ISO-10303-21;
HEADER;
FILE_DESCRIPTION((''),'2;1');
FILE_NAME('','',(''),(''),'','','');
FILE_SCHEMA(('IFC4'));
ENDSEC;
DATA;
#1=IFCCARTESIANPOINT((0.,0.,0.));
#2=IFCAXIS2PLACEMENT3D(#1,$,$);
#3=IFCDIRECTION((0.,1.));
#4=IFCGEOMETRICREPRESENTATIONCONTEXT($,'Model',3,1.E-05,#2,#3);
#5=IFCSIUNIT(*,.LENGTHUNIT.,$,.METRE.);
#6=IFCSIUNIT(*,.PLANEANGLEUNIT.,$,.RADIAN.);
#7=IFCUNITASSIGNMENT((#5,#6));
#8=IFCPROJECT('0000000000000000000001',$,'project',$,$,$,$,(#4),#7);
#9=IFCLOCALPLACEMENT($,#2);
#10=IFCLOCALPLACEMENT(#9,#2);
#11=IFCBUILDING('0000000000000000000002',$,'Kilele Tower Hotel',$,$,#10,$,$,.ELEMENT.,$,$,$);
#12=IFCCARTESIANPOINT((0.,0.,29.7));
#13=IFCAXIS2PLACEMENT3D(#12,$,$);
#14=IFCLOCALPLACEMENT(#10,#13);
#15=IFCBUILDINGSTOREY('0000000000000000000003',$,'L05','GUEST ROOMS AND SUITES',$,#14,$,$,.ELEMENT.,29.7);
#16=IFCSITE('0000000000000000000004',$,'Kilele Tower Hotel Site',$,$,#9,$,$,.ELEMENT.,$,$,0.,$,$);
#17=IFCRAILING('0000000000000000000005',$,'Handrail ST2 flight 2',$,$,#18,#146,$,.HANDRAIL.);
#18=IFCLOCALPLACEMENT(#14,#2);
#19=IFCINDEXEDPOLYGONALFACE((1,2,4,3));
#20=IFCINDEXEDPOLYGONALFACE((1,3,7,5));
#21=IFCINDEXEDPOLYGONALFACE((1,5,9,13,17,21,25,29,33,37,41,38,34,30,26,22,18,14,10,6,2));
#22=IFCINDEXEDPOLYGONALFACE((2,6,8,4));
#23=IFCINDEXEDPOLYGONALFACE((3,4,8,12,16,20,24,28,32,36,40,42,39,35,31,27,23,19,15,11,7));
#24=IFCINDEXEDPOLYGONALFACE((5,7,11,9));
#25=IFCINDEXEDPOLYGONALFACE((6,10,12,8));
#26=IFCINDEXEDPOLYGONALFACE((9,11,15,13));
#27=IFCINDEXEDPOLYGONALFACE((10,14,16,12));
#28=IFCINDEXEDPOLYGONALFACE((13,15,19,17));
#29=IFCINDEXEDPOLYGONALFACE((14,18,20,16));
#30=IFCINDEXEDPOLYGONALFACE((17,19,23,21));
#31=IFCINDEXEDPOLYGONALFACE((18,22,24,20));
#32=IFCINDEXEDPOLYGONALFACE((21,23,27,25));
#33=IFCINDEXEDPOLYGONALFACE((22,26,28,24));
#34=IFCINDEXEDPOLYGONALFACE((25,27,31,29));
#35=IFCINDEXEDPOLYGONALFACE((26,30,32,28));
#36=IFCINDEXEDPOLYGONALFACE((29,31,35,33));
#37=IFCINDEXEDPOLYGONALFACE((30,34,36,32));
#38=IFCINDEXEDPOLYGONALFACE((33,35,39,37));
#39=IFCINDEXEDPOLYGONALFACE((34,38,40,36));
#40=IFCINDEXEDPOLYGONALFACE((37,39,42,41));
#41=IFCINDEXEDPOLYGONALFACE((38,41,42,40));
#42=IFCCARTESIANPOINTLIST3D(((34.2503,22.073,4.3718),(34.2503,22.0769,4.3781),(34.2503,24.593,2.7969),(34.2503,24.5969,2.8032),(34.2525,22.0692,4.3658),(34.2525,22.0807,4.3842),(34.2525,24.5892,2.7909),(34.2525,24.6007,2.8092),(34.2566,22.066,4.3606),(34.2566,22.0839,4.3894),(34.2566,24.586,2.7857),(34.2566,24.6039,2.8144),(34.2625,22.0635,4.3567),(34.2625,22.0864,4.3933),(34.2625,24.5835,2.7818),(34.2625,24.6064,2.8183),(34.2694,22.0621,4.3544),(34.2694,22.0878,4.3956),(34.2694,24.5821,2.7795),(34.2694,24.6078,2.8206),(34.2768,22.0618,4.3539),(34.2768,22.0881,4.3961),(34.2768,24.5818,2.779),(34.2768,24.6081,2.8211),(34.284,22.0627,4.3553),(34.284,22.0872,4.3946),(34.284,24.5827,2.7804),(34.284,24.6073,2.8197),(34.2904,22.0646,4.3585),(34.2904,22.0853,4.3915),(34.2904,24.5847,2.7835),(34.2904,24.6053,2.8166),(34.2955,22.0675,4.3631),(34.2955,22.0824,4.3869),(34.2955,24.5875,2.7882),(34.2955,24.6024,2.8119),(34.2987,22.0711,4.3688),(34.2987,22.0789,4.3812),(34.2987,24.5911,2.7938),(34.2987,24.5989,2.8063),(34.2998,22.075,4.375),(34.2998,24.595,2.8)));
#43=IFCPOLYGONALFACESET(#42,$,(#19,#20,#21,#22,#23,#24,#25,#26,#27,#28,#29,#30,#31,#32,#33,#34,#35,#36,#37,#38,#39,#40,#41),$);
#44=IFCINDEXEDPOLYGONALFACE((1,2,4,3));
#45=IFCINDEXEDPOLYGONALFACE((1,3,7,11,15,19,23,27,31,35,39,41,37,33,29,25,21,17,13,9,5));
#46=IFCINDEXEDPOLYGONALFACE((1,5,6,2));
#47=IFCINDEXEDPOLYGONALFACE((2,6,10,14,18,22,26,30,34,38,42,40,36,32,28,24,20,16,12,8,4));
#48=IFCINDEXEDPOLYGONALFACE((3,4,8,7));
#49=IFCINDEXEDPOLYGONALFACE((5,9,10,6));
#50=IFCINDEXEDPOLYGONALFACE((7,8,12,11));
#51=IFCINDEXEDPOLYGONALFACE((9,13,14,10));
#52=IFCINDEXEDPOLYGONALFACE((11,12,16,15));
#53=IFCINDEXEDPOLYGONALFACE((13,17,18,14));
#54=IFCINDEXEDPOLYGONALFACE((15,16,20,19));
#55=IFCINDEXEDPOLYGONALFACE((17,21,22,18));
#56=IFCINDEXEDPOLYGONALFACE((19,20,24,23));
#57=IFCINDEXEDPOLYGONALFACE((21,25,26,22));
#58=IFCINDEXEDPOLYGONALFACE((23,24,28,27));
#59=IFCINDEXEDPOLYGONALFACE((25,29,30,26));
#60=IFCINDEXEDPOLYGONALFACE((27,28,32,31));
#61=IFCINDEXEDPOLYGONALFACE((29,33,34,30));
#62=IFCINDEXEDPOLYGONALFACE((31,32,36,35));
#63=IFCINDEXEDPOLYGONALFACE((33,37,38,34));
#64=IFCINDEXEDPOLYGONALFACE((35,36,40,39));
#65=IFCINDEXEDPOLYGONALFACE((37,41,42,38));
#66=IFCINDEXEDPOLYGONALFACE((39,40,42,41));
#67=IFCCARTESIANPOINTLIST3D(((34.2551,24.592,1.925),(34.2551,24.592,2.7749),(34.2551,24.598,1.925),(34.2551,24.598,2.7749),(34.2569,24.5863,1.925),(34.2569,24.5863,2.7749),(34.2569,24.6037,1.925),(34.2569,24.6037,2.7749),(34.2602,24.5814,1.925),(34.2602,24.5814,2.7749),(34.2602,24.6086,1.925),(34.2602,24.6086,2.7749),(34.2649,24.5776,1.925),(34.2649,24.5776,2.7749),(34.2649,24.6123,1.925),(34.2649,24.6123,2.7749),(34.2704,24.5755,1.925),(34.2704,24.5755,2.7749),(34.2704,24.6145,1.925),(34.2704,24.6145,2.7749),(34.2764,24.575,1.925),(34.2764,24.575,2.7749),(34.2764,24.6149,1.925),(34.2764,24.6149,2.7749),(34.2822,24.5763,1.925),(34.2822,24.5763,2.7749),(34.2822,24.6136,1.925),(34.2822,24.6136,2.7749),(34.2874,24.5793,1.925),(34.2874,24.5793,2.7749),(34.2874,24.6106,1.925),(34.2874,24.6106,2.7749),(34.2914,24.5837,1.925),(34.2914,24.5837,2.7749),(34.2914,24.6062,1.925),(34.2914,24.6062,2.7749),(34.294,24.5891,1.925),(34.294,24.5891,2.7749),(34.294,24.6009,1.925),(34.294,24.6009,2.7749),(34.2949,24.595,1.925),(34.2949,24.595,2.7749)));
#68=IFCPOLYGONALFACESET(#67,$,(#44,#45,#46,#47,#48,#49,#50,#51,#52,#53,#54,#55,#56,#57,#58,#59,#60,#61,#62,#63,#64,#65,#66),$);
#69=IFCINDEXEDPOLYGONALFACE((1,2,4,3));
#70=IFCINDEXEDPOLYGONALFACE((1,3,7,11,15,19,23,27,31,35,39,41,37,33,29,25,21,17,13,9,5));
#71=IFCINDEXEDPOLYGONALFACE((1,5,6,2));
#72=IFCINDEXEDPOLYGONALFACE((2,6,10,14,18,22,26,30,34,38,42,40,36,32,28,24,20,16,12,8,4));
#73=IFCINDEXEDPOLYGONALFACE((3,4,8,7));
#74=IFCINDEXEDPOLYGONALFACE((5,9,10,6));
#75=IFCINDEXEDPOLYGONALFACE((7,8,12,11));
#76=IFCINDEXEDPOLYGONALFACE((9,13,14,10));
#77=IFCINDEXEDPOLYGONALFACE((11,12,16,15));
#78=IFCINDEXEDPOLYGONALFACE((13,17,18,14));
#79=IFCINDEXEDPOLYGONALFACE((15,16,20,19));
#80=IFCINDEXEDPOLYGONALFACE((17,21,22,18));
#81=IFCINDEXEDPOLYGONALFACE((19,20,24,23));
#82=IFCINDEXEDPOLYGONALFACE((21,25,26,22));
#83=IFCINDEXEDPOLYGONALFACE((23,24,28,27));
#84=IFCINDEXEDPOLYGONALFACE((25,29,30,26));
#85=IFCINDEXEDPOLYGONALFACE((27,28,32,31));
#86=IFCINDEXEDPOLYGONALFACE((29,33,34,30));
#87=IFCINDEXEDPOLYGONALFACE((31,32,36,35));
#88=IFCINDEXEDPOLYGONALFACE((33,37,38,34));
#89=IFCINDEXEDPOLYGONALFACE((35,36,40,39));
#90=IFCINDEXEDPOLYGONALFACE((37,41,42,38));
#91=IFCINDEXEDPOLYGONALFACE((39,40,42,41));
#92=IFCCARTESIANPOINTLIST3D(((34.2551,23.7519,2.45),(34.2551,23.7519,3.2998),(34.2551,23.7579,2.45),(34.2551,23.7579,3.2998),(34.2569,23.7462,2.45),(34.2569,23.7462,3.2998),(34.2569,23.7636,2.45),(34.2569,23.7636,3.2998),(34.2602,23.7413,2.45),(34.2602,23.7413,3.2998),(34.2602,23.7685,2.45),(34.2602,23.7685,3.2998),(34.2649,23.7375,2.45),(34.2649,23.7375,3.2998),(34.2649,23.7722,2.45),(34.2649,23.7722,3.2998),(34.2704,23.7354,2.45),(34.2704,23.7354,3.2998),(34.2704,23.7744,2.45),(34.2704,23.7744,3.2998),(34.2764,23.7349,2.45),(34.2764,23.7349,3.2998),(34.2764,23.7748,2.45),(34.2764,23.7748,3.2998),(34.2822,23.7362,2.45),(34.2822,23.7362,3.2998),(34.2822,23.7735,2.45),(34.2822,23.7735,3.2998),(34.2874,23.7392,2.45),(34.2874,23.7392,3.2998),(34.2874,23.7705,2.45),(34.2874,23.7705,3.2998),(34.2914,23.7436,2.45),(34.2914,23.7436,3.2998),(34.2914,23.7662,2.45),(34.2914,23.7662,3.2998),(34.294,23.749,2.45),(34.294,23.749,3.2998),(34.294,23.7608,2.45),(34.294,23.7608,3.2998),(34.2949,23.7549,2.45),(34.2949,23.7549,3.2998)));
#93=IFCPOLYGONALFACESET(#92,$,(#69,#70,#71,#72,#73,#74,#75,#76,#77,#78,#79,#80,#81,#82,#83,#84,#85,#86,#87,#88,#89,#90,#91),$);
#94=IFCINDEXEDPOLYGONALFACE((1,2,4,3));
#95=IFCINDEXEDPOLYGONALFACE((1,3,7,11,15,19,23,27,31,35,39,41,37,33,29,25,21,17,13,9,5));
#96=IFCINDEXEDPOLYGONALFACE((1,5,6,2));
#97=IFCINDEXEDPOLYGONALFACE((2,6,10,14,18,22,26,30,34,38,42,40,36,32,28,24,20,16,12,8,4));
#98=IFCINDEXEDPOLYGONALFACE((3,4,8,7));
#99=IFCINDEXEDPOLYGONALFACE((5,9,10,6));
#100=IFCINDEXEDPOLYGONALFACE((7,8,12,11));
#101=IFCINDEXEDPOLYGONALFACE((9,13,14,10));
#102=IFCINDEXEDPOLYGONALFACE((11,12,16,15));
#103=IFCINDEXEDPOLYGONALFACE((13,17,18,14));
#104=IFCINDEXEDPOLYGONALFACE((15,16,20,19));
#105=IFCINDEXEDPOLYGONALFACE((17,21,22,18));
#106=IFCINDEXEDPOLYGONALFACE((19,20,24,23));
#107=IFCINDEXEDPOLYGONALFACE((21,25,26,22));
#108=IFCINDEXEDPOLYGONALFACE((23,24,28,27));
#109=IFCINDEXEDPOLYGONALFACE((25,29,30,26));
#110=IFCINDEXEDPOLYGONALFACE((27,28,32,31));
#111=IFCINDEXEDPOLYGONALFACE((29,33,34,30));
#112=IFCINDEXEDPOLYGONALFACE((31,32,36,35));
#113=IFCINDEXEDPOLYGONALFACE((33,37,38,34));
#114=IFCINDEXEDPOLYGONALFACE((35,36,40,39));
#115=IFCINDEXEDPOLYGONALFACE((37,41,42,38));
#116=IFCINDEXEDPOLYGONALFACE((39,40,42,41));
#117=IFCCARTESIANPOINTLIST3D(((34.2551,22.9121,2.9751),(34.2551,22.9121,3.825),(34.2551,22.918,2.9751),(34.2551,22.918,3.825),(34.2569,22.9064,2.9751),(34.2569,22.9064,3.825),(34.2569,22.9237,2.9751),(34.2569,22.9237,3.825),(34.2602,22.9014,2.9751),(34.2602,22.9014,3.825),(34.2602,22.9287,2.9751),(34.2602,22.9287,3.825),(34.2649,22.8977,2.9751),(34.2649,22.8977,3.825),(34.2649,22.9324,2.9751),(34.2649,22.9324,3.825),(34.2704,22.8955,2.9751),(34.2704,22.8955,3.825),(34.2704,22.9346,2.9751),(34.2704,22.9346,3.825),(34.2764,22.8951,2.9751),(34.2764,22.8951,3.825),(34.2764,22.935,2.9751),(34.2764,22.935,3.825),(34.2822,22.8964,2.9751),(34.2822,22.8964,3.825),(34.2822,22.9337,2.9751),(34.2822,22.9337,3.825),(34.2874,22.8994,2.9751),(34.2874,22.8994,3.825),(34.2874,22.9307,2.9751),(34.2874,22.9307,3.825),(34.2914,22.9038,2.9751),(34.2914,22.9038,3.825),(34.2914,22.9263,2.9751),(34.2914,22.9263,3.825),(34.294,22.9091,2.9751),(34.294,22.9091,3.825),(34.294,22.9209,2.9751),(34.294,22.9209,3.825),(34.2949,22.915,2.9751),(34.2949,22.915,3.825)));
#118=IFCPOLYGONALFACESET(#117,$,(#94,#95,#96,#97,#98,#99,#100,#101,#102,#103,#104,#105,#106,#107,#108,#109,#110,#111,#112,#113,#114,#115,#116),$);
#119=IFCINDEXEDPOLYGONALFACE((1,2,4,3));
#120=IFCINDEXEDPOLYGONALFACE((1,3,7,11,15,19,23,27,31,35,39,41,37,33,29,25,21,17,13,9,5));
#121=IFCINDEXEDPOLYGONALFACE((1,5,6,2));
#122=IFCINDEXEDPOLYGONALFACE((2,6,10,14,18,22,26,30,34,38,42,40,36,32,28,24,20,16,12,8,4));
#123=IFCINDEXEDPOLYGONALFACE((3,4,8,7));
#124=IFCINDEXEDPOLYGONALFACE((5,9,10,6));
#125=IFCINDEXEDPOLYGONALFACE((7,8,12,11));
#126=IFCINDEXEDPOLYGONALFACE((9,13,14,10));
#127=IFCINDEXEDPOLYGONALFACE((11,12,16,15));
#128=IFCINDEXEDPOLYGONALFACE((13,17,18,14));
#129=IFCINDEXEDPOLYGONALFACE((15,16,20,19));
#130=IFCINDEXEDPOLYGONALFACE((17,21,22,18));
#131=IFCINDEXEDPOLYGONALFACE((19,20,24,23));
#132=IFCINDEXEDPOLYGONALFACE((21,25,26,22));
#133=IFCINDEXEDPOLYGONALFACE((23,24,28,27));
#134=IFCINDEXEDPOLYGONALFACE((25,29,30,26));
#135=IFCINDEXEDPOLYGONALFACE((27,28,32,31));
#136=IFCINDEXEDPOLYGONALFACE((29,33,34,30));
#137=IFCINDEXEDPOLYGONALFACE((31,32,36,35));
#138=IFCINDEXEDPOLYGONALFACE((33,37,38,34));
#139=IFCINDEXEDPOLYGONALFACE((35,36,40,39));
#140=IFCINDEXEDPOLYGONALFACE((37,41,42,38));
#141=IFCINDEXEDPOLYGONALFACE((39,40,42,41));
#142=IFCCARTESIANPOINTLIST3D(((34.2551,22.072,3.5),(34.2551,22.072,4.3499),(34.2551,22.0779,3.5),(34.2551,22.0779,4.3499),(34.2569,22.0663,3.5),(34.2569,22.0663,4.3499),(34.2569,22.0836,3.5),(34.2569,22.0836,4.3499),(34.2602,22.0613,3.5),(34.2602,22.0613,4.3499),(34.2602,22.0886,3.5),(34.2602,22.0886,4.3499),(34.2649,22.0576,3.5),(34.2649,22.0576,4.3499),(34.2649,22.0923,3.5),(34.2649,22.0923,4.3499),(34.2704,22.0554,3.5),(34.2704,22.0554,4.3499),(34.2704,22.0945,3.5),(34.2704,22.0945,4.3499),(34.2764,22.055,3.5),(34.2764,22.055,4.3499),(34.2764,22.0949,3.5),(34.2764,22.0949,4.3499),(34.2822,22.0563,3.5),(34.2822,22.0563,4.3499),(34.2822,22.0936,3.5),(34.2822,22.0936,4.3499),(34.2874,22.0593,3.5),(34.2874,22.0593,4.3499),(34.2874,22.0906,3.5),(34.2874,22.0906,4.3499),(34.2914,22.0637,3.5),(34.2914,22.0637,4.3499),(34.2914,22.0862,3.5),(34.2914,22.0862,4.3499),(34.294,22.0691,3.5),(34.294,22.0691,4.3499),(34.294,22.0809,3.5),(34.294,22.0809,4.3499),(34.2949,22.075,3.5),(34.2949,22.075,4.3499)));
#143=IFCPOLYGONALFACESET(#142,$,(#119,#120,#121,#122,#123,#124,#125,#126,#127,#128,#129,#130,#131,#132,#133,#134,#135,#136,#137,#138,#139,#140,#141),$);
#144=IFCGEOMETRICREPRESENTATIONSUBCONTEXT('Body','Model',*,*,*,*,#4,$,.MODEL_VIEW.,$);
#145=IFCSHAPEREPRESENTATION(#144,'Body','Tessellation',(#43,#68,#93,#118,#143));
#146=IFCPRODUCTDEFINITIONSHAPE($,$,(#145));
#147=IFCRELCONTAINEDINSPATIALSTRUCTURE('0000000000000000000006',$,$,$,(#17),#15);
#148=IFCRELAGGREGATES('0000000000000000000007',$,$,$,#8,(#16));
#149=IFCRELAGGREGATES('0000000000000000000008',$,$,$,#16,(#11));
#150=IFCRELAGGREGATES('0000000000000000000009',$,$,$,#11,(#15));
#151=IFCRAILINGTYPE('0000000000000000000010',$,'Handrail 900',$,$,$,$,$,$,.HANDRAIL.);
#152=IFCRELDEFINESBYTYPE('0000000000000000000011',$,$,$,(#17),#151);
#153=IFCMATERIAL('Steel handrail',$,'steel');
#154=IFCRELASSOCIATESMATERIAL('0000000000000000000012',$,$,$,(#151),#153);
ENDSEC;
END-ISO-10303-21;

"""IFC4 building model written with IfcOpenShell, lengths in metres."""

from ifc_helpers import new_model, si_unit, direction, frame, origin, origin_2d, place, context, subcontext, project, spatial, circle, extrude, material, type_object, element, save


model = new_model("IFC4")

# Units and contexts
model_context = context("Model", 3, precision=1e-05, world=origin(), true_north=direction((0.0, 1.0)))
body_context = subcontext(model_context, "Body", "Model", "MODEL_VIEW")
ifc_project = project(units=[si_unit("LENGTHUNIT", "METRE"), si_unit("PLANEANGLEUNIT", "RADIAN")], contexts=[model_context])

# Site, building, storey
site_placement = place(None, origin())
site = spatial("IfcSite", under=ifc_project, at=site_placement, Name="Kilele Tower Hotel Site", CompositionType="ELEMENT", RefElevation=0.0)
building_placement = place(site_placement, origin())
building = spatial("IfcBuilding", under=site, at=building_placement, Name="Kilele Tower Hotel", CompositionType="ELEMENT")
storey_placement = place(building_placement, frame((0.0, 0.0, 29.7)))
storey = spatial("IfcBuildingStorey", under=building, at=storey_placement, Name="L05", Description="GUEST ROOMS AND SUITES", CompositionType="ELEMENT", Elevation=29.7)

# Railing
ifc_material_1 = material(Name="Steel handrail", Category="steel")
railing_type_1 = type_object("IfcRailingType", Name="Handrail 900", PredefinedType="HANDRAIL", material=ifc_material_1)
for number, where, name in (
    (1, (34.2749, 24.595, 1.925), "Handrail ST2 flight 2"),
):
    element("IfcRailing", number, at=place(storey_placement, frame(where)), inside=storey, type_object=railing_type_1, Name=name, PredefinedType="HANDRAIL", context=body_context, shape_type="SweptSolid", body=[
        extrude(circle(Radius=0.0249, at=origin_2d()), frame((0.0, 0.0, 0.875), z_axis=(0.0, -0.848008, 0.529984), x_axis=(1.0, 0.0, 0.0)), (0.0, 0.0, 1.0), 2.9717),
        extrude(circle(Radius=0.02, at=origin_2d()), origin(), (0.0, 0.0, 1.0), 0.8499),
        extrude(circle(Radius=0.02, at=origin_2d()), frame((0.0, -0.8401, 0.5249)), (0.0, 0.0, 1.0), 0.8499),
        extrude(circle(Radius=0.02, at=origin_2d()), frame((0.0, -1.6799, 1.05)), (0.0, 0.0, 1.0), 0.8499),
        extrude(circle(Radius=0.02, at=origin_2d()), frame((0.0, -2.52, 1.575)), (0.0, 0.0, 1.0), 0.8499),
    ])

save(model, "model.ifc")
